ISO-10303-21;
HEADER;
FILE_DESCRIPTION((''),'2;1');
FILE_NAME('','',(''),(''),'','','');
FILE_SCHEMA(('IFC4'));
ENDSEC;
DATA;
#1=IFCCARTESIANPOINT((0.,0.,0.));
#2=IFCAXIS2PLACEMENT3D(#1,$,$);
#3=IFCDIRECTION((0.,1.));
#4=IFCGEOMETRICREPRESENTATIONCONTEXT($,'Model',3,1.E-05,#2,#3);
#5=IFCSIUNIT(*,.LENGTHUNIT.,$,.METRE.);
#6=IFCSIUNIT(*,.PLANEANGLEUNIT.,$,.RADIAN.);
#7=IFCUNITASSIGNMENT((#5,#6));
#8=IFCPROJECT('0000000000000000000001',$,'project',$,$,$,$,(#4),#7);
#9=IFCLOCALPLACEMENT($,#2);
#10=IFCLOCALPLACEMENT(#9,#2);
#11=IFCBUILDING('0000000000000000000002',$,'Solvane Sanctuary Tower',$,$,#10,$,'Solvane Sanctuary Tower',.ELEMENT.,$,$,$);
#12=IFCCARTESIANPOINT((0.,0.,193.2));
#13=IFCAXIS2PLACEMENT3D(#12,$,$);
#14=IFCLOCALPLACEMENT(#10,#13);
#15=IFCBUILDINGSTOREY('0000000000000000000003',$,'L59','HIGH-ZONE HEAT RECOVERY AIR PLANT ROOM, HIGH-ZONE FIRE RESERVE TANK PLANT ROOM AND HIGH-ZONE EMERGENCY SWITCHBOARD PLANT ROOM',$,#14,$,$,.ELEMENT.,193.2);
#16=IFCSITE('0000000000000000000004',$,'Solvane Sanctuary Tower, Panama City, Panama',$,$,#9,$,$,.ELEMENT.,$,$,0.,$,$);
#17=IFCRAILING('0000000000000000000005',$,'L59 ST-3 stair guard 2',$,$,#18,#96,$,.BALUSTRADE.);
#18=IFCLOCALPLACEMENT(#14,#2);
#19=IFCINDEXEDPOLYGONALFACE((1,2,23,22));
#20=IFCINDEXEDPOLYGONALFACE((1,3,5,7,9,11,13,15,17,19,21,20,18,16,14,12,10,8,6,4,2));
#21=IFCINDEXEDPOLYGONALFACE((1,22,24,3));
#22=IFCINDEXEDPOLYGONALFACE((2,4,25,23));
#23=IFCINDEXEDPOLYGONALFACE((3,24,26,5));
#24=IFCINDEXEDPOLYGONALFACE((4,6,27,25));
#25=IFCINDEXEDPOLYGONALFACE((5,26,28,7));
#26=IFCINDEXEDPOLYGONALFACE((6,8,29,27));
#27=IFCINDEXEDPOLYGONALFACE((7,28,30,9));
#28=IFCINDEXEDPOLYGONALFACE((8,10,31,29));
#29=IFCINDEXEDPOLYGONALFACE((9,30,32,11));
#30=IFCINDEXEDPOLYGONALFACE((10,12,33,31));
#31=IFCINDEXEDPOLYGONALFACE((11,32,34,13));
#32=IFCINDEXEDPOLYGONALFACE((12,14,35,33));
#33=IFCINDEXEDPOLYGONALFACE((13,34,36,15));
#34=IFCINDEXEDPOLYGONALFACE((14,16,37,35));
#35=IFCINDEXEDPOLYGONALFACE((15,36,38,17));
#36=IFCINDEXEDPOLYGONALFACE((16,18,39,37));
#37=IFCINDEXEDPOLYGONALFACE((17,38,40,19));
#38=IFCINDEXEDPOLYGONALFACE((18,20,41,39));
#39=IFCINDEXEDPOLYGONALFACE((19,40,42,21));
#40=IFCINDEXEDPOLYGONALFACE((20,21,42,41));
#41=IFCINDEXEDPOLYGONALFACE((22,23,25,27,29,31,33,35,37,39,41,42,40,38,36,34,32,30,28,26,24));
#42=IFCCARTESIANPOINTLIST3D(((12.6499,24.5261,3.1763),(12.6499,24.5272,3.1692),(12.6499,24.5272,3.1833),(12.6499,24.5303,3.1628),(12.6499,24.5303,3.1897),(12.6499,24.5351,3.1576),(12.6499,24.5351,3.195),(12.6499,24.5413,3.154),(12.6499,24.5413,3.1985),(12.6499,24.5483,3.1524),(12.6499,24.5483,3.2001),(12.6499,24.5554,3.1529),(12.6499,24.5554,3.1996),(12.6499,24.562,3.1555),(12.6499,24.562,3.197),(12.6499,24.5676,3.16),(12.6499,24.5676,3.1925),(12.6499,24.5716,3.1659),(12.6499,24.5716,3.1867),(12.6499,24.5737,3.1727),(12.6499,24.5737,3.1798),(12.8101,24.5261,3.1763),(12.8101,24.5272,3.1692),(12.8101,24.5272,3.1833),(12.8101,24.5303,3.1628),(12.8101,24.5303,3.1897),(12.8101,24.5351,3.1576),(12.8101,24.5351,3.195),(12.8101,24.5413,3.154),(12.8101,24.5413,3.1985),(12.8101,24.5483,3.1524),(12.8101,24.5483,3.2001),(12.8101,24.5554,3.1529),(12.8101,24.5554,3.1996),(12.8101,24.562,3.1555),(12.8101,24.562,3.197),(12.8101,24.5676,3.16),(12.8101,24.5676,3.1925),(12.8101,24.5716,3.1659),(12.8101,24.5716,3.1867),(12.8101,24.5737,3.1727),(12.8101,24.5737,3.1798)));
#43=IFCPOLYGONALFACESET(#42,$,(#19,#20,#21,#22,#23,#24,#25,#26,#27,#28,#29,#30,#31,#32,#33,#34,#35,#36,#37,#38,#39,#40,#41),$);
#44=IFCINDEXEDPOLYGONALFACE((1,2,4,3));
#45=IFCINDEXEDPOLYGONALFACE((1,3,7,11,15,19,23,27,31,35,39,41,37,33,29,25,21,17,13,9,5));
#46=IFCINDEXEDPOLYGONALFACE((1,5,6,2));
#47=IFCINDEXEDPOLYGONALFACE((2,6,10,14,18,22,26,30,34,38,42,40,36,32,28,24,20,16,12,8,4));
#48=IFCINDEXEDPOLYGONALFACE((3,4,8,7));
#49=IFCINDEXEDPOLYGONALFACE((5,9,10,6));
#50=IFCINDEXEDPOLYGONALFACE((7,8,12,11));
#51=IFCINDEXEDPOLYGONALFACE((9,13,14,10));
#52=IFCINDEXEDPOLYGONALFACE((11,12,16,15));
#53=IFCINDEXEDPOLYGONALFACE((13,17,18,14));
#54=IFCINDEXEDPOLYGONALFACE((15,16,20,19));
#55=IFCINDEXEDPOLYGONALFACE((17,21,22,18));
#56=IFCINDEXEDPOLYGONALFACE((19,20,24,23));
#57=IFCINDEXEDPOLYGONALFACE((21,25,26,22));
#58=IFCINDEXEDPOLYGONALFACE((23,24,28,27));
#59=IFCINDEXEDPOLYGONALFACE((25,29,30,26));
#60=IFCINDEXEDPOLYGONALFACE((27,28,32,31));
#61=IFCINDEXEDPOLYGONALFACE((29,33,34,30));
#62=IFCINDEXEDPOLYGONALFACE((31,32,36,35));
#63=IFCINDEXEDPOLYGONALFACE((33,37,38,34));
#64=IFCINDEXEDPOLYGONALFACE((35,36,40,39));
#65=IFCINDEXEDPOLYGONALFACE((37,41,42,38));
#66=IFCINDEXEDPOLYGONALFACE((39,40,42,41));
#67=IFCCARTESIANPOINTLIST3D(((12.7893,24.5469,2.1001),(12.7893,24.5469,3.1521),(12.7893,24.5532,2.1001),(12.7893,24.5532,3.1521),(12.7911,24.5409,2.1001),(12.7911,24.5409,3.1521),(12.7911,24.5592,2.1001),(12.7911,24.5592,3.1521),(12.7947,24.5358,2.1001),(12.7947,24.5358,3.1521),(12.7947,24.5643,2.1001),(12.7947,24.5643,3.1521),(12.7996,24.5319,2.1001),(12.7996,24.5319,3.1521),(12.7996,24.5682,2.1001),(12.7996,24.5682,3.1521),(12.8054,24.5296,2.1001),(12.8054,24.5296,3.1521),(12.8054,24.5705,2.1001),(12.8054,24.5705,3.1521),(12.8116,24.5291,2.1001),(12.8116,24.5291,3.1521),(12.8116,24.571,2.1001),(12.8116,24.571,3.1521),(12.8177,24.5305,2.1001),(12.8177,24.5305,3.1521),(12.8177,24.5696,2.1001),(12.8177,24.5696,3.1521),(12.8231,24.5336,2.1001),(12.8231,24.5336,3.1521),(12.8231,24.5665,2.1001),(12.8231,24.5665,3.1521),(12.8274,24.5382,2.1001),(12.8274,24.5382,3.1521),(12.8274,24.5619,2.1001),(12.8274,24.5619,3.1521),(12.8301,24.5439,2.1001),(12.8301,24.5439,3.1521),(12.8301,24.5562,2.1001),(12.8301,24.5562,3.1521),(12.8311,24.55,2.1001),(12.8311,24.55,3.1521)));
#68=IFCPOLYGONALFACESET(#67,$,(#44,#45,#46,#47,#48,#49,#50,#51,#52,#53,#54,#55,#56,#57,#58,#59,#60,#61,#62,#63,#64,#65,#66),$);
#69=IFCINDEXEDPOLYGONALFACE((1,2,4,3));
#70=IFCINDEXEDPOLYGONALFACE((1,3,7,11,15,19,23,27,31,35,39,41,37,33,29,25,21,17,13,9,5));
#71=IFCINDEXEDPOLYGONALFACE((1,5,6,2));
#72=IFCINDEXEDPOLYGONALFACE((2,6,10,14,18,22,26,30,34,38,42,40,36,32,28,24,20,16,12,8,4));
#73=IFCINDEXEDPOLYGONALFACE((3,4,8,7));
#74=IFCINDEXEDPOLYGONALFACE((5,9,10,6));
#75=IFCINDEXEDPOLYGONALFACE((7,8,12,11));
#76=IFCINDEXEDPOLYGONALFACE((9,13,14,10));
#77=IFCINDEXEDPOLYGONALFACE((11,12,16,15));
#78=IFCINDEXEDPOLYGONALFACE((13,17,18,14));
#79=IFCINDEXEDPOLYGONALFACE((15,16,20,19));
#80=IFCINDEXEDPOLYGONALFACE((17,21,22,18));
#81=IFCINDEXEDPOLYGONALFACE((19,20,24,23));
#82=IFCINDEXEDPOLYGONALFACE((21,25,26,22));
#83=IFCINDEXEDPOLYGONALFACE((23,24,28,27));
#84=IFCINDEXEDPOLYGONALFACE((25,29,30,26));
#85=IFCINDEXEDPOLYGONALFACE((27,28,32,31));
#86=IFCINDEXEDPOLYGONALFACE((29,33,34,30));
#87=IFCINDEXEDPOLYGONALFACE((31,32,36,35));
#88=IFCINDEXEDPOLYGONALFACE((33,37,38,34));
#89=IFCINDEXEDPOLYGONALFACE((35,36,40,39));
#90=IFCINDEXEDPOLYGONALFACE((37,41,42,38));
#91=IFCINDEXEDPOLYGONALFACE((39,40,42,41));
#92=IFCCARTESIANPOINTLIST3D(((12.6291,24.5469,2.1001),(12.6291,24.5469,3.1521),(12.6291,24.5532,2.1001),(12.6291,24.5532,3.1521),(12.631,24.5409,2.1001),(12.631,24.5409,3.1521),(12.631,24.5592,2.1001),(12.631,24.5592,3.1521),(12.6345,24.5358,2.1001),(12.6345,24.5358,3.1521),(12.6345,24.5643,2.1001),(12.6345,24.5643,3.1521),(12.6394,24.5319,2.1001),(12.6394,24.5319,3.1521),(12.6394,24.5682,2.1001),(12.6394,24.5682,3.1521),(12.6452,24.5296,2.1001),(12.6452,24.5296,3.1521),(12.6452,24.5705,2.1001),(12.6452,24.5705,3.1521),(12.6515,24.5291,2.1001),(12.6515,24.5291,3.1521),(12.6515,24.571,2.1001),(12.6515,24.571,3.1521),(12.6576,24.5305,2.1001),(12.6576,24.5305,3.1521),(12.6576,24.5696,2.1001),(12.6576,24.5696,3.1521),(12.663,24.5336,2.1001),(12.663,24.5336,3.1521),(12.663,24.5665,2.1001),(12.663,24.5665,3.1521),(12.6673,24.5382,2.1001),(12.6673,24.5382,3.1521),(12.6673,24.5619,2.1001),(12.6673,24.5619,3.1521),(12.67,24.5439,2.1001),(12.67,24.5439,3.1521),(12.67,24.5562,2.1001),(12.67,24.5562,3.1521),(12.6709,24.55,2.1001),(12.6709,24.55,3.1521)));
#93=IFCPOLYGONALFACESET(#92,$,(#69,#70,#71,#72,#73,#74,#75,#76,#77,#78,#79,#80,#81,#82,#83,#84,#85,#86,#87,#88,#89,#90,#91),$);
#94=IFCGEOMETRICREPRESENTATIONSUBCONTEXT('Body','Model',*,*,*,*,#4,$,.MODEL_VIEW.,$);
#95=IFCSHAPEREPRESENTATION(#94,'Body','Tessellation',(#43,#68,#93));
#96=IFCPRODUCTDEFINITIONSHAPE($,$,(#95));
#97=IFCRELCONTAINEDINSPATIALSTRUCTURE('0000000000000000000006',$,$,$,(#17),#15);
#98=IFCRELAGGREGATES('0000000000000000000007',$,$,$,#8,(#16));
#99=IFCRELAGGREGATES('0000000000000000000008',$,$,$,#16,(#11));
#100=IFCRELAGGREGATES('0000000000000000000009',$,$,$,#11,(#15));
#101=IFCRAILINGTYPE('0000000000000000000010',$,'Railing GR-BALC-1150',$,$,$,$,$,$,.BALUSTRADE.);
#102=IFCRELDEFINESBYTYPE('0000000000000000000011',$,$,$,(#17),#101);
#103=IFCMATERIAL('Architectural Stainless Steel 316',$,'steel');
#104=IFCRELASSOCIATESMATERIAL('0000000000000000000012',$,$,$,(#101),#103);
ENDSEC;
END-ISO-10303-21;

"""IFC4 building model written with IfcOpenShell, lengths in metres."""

from ifc_helpers import new_model, si_unit, direction, frame, origin, origin_2d, place, context, subcontext, project, spatial, circle, extrude, material, type_object, element, save


model = new_model("IFC4")

# Units and contexts
model_context = context("Model", 3, precision=1e-05, world=origin(), true_north=direction((0.0, 1.0)))
body_context = subcontext(model_context, "Body", "Model", "MODEL_VIEW")
ifc_project = project(units=[si_unit("LENGTHUNIT", "METRE"), si_unit("PLANEANGLEUNIT", "RADIAN")], contexts=[model_context])

# Site, building, storey
site_placement = place(None, origin())
site = spatial("IfcSite", under=ifc_project, at=site_placement, Name="Solvane Sanctuary Tower, Panama City, Panama", CompositionType="ELEMENT", RefElevation=0.0)
building_placement = place(site_placement, origin())
building = spatial("IfcBuilding", under=site, at=building_placement, Name="Solvane Sanctuary Tower", LongName="Solvane Sanctuary Tower", CompositionType="ELEMENT")
storey_placement = place(building_placement, frame((0.0, 0.0, 193.2)))
storey = spatial("IfcBuildingStorey", under=building, at=storey_placement, Name="L59", Description="HIGH-ZONE HEAT RECOVERY AIR PLANT ROOM, HIGH-ZONE FIRE RESERVE TANK PLANT ROOM AND HIGH-ZONE EMERGENCY SWITCHBOARD PLANT ROOM", CompositionType="ELEMENT", Elevation=193.2)

# Shared definitions
ifc_material_1 = material(Name="Architectural Stainless Steel 316", Category="steel")

# Railing
railing_type_1 = type_object("IfcRailingType", Name="Railing GR-BALC-1150", PredefinedType="BALUSTRADE", material=ifc_material_1)
railing_1_placement = place(storey_placement, frame((12.8101, 24.55, 2.1001)))
element("IfcRailing", 1, at=railing_1_placement, inside=storey, type_object=railing_type_1, Name="L59 ST-3 stair guard 2", PredefinedType="BALUSTRADE", context=body_context, shape_type="SweptSolid", body=[
    extrude(circle(Radius=0.0239, at=origin_2d()), frame((0.0, 0.0, 1.0762), z_axis=(-1.0, 0.0, 0.0), x_axis=(0.0, -1.0, 0.0)), (0.0, 0.0, 1.0), 0.1602),
    extrude(circle(Radius=0.021, at=origin_2d()), origin(), (0.0, 0.0, 1.0), 1.052),
    extrude(circle(Radius=0.021, at=origin_2d()), frame((-0.1602, 0.0, 0.0)), (0.0, 0.0, 1.0), 1.052),
])

save(model, "model.ifc")
